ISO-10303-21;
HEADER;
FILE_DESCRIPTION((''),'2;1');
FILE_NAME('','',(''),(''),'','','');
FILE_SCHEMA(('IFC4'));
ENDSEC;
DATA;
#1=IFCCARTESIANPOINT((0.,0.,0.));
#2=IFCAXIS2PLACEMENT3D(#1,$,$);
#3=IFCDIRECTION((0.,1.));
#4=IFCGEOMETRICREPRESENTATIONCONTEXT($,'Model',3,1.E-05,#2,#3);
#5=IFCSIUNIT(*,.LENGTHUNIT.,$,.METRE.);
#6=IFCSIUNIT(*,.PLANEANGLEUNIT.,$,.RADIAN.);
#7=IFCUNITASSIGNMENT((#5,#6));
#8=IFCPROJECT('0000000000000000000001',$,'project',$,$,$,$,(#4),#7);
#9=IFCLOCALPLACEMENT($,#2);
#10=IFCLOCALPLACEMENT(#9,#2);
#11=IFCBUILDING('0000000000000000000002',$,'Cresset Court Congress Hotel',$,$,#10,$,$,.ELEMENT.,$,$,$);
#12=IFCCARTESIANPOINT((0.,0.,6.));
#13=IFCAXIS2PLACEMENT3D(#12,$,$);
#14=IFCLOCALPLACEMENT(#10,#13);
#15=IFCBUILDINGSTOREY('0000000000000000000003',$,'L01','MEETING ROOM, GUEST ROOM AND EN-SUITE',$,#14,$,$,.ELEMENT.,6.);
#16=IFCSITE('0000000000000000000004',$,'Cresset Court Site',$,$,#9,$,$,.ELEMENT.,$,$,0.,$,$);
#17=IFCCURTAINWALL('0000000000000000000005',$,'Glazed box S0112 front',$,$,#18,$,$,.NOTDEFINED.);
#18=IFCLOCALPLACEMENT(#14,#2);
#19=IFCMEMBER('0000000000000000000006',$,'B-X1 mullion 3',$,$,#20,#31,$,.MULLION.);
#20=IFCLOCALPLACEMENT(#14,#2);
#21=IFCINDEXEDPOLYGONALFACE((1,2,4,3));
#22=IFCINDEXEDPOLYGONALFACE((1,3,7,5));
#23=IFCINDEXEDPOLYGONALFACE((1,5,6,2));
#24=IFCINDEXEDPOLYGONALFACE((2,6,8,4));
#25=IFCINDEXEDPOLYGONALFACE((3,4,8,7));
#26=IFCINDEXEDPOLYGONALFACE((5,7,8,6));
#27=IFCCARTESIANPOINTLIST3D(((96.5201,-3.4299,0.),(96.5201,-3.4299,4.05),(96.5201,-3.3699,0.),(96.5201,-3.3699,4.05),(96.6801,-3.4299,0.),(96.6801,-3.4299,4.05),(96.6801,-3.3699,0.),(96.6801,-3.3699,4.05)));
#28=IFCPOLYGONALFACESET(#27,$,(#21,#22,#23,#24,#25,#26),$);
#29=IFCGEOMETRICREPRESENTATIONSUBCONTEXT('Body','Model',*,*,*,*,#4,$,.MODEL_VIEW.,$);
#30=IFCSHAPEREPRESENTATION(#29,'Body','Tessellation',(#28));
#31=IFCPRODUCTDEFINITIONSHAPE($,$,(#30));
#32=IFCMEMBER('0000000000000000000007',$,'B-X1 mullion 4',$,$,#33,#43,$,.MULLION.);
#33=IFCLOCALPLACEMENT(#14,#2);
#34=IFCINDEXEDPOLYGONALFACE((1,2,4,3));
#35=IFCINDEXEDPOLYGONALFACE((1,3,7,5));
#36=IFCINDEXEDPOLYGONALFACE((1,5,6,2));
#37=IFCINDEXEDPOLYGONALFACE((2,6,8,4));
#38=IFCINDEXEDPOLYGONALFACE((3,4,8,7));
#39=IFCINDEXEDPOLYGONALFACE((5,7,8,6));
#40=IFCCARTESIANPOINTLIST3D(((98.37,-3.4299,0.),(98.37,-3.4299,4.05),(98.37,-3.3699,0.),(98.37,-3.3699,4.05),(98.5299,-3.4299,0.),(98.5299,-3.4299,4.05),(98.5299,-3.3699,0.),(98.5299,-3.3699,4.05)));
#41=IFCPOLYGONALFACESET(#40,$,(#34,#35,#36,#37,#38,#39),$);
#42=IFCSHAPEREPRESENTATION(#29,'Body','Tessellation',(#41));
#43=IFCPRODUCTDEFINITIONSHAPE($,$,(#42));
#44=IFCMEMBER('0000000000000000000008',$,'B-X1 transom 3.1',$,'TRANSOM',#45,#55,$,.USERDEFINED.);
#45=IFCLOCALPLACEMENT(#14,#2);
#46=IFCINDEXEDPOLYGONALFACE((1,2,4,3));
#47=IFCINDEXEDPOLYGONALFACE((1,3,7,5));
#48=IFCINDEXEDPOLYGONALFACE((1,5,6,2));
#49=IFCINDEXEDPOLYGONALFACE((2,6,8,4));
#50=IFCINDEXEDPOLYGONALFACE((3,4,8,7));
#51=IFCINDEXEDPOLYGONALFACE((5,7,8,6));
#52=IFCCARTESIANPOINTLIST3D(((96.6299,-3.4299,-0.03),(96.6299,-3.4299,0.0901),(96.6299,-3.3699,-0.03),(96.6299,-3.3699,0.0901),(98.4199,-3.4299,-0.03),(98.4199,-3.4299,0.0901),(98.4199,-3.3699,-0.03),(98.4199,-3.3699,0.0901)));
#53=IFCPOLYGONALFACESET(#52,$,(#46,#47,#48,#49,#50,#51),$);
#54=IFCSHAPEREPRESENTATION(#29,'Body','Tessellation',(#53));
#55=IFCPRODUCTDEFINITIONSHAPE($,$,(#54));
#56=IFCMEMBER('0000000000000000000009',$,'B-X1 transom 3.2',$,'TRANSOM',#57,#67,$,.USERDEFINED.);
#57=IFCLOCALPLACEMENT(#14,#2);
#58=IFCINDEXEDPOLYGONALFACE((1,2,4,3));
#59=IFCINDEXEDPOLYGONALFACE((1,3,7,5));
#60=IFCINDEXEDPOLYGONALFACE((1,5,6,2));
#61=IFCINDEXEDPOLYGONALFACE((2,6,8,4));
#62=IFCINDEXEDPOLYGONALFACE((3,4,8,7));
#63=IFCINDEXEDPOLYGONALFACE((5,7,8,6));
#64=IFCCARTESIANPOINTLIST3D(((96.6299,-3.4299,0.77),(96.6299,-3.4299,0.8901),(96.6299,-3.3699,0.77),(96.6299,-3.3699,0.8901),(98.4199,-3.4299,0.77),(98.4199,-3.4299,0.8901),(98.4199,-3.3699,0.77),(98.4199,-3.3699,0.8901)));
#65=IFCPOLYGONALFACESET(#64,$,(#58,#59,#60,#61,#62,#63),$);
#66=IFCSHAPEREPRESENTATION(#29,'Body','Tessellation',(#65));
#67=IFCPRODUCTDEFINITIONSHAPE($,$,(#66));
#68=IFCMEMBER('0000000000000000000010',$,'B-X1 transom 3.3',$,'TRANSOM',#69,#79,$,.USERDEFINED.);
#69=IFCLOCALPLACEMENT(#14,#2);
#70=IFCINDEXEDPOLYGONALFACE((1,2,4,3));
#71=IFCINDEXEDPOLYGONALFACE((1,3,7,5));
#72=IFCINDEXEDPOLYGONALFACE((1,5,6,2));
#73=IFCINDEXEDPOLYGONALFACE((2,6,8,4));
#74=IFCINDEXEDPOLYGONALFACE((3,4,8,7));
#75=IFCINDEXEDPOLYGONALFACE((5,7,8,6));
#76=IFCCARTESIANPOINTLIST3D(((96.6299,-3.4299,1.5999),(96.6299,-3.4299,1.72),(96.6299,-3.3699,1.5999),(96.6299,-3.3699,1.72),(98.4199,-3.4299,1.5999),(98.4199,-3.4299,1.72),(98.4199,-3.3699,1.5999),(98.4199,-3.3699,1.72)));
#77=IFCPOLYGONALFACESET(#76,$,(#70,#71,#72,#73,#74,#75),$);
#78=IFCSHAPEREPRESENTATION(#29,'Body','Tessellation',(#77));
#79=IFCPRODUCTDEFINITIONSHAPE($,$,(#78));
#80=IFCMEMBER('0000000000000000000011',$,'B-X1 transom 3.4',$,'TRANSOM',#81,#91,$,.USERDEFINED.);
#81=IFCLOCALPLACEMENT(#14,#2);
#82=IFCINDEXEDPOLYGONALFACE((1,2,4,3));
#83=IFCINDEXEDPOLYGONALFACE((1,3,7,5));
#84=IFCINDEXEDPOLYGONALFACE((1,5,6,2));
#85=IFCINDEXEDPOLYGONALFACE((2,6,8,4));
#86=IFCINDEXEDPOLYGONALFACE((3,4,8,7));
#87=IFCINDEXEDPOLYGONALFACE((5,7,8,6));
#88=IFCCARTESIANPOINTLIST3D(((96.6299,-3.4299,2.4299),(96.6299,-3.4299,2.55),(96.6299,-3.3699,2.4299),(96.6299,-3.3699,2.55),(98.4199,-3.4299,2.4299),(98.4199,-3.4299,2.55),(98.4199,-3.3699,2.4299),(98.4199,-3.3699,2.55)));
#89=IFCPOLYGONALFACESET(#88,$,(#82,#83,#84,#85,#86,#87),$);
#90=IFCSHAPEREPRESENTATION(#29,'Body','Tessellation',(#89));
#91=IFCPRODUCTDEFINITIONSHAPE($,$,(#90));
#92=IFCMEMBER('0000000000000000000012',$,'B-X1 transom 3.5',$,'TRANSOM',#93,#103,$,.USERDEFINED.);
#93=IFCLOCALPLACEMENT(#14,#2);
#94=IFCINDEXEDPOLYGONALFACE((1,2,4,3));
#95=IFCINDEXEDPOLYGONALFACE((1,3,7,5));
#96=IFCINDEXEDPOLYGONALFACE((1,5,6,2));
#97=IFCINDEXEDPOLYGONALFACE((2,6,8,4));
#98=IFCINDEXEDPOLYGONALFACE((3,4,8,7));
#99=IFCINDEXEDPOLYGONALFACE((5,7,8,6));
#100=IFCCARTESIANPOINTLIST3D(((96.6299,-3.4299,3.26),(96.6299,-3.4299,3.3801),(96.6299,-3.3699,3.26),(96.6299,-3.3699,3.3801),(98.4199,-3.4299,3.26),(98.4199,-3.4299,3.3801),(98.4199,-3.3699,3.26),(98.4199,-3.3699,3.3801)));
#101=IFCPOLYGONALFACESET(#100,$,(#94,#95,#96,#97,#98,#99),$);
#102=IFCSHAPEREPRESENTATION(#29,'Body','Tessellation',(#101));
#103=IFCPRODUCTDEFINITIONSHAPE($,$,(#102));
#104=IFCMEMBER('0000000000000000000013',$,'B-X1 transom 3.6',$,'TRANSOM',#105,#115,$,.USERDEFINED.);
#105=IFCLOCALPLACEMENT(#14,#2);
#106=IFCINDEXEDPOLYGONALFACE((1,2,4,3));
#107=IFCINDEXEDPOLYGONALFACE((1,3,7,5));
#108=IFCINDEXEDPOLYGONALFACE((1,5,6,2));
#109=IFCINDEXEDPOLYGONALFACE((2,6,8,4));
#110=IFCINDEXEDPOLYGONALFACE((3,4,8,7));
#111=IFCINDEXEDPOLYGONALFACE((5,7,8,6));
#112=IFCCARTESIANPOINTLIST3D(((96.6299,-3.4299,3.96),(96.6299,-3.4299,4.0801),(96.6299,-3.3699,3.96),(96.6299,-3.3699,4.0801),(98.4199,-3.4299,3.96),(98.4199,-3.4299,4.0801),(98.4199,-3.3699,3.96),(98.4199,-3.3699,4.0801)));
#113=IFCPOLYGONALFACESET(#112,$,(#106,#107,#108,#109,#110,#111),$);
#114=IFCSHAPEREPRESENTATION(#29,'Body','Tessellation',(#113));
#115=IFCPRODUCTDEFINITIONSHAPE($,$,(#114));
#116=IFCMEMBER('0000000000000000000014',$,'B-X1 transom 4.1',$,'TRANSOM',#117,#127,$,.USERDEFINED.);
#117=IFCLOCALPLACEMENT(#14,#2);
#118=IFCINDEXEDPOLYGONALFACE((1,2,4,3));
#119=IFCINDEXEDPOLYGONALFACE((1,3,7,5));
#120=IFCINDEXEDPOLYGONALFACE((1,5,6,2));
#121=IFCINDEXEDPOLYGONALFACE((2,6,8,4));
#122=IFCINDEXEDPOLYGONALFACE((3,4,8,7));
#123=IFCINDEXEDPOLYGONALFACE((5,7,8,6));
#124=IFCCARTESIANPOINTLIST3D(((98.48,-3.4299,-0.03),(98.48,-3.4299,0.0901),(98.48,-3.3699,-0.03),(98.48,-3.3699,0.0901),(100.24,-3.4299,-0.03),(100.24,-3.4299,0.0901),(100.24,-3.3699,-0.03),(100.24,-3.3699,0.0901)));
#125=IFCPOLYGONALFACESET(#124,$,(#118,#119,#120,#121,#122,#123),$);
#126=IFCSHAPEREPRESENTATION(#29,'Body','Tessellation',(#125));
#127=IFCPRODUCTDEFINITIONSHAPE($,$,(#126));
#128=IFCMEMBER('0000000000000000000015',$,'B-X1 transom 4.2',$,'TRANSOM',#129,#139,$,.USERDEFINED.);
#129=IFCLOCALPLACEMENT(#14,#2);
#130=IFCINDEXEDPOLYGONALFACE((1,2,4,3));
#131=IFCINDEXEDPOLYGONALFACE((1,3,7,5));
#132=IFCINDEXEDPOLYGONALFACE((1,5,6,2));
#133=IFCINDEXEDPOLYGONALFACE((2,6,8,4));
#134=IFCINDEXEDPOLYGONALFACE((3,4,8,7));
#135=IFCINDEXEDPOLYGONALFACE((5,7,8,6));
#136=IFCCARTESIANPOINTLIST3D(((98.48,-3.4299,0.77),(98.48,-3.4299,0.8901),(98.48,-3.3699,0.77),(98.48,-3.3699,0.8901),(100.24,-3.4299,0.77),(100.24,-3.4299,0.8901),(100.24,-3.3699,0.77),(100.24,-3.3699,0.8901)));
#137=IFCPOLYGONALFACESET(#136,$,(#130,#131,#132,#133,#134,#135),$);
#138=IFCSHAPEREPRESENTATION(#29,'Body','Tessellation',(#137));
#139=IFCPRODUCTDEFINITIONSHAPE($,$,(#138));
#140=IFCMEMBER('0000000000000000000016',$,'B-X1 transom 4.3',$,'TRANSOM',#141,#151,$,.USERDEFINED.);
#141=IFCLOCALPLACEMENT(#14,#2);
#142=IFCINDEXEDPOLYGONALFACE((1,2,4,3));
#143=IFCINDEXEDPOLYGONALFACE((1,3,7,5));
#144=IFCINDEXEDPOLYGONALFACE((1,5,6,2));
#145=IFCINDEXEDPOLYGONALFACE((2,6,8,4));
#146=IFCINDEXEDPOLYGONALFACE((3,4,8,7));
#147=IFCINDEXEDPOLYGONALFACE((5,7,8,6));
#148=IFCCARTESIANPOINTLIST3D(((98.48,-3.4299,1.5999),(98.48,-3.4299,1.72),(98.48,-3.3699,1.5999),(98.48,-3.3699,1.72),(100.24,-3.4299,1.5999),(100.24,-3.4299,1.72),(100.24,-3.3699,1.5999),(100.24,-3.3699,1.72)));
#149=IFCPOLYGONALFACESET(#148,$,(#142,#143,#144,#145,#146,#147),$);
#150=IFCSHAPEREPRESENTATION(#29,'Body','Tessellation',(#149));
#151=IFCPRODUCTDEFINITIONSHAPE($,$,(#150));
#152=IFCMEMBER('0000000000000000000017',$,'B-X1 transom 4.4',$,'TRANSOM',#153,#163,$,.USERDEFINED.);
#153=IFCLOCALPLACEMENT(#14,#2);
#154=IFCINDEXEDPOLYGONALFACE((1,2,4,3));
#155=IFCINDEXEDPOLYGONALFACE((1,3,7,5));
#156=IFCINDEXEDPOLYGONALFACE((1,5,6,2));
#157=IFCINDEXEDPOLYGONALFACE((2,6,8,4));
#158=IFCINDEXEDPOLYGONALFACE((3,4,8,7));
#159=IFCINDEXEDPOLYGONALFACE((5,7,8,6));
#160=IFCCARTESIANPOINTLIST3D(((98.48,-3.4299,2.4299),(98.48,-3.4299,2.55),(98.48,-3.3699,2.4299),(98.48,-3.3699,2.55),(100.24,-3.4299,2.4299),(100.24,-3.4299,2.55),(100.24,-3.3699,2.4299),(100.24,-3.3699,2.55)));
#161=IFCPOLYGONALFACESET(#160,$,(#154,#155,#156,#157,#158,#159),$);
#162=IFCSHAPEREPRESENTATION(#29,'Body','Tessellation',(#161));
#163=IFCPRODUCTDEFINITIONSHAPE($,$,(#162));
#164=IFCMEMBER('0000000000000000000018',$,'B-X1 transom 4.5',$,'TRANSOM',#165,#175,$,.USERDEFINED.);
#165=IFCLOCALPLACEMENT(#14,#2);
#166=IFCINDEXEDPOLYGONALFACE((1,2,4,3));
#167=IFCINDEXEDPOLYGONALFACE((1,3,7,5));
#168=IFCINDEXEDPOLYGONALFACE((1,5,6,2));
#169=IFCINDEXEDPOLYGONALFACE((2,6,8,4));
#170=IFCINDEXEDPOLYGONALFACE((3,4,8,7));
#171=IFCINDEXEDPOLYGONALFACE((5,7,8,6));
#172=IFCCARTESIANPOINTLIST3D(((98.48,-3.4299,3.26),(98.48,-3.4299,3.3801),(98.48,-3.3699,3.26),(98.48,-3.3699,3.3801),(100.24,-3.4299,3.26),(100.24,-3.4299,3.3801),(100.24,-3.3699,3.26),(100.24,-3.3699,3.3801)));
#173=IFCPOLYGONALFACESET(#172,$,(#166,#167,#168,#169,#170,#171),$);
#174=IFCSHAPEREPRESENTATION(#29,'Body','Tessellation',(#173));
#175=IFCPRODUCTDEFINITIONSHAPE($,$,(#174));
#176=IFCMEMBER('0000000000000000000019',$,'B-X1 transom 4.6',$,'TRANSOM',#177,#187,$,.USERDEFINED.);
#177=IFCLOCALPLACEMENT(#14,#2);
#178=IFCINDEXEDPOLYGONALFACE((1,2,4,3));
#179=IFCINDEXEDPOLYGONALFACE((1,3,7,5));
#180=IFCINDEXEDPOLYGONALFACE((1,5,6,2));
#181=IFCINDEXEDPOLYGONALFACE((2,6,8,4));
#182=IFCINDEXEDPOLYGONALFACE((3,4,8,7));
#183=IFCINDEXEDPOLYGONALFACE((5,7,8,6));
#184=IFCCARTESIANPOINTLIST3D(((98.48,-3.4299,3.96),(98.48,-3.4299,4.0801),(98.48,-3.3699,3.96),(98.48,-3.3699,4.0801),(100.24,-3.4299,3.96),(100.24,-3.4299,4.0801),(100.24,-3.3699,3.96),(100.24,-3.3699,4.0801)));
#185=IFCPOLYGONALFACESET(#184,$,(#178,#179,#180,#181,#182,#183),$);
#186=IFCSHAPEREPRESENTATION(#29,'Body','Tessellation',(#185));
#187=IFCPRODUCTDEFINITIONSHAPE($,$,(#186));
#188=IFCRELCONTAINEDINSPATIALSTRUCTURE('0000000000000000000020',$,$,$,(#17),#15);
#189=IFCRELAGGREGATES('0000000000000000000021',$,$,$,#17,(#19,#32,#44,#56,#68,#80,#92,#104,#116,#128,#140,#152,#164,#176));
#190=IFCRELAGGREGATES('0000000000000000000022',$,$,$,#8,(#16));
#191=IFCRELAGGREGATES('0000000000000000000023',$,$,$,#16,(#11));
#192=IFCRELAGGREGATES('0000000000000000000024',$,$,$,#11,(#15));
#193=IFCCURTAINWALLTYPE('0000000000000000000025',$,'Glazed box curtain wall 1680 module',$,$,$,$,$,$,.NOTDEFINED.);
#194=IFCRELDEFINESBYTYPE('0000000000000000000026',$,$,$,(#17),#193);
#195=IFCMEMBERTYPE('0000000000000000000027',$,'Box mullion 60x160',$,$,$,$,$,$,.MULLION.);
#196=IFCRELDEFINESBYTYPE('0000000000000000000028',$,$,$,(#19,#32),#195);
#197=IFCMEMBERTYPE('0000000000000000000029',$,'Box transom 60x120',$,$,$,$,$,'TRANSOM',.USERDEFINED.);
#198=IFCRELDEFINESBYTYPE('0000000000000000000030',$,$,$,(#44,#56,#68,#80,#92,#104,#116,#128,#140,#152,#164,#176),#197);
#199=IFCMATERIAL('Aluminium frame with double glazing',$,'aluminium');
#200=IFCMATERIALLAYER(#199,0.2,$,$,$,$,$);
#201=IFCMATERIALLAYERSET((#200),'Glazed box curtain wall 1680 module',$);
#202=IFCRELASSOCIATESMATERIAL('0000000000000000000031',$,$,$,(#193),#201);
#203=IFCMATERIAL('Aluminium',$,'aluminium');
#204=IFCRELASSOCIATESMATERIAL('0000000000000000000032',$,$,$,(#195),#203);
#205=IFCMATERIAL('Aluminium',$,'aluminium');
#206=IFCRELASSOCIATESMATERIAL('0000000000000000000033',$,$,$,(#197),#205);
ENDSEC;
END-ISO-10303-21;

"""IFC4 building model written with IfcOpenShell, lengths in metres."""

from ifc_helpers import new_model, si_unit, direction, frame, origin, origin_2d, place, context, subcontext, project, spatial, rectangle, extrude, material, layer, layer_set, material_profile, profile_set, type_object, element, aggregate, save


model = new_model("IFC4")

# Units and contexts
model_context = context("Model", 3, precision=1e-05, world=origin(), true_north=direction((0.0, 1.0)))
body_context = subcontext(model_context, "Body", "Model", "MODEL_VIEW")
ifc_project = project(units=[si_unit("LENGTHUNIT", "METRE"), si_unit("PLANEANGLEUNIT", "RADIAN")], contexts=[model_context])

# Site, building, storey
site_placement = place(None, origin())
site = spatial("IfcSite", under=ifc_project, at=site_placement, Name="Cresset Court Site", CompositionType="ELEMENT", RefElevation=0.0)
building_placement = place(site_placement, origin())
building = spatial("IfcBuilding", under=site, at=building_placement, Name="Cresset Court Congress Hotel", CompositionType="ELEMENT")
storey_placement = place(building_placement, frame((0.0, 0.0, 6.0)))
storey = spatial("IfcBuildingStorey", under=building, at=storey_placement, Name="L01", Description="MEETING ROOM, GUEST ROOM AND EN-SUITE", CompositionType="ELEMENT", Elevation=6.0)

# Curtain wall, members
ifc_material_1 = material(Name="Aluminium frame with double glazing", Category="aluminium")
ifc_layer_1 = layer(ifc_material_1, 0.2)
ifc_layer_set_1 = layer_set([ifc_layer_1], Name="Glazed box curtain wall 1680 module")
curtain_wall_type = type_object("IfcCurtainWallType", Name="Glazed box curtain wall 1680 module", PredefinedType="NOTDEFINED", material=ifc_layer_set_1)
curtain_wall_placement = place(storey_placement, origin())
curtain_wall = element("IfcCurtainWall", 1, at=curtain_wall_placement, inside=storey, type_object=curtain_wall_type, Name="Glazed box S0112 front", PredefinedType="NOTDEFINED")
ifc_material_2 = material(Name="Aluminium", Category="aluminium")
ifc_material_profile_1 = material_profile(ifc_material_2, rectangle(XDim=0.0601, YDim=0.1599, at=origin_2d()), Name="Box mullion 60x160")
ifc_profile_set_1 = profile_set([ifc_material_profile_1], Name="Aluminium")
member_type_1 = type_object("IfcMemberType", Name="Box mullion 60x160", PredefinedType="MULLION", material=ifc_profile_set_1)
member_1_placement = place(storey_placement, frame((96.6001, -3.3999, 0.0), z_axis=(0.0, 0.0, 1.0), x_axis=(0.0, 1.0, 0.0)))
member_1 = element("IfcMember", 2, at=member_1_placement, type_object=member_type_1, Name="B-X1 mullion 3", PredefinedType="MULLION", context=body_context, shape_type="SweptSolid", body=[
    extrude(rectangle(XDim=0.0601, YDim=0.1599, at=origin_2d()), origin(), (0.0, 0.0, 1.0), 4.05),
])
member_2_placement = place(storey_placement, frame((98.45, -3.3999, 0.0), z_axis=(0.0, 0.0, 1.0), x_axis=(0.0, 1.0, 0.0)))
member_2 = element("IfcMember", 3, at=member_2_placement, type_object=member_type_1, Name="B-X1 mullion 4", PredefinedType="MULLION", context=body_context, shape_type="SweptSolid", body=[
    extrude(rectangle(XDim=0.0601, YDim=0.1599, at=origin_2d()), origin(), (0.0, 0.0, 1.0), 4.05),
])
ifc_material_3 = material(Name="Aluminium", Category="aluminium")
ifc_material_profile_2 = material_profile(ifc_material_3, rectangle(XDim=0.0601, YDim=0.1201, at=origin_2d()), Name="Box transom 60x120")
ifc_profile_set_2 = profile_set([ifc_material_profile_2], Name="Aluminium")
member_type_2 = type_object("IfcMemberType", Name="Box transom 60x120", ElementType="TRANSOM", PredefinedType="USERDEFINED", material=ifc_profile_set_2)
member_3_placement = place(storey_placement, frame((96.6299, -3.3999, 0.03), z_axis=(1.0, 0.0, 0.0), x_axis=(0.0, 1.0, 0.0)))
member_3 = element("IfcMember", 4, at=member_3_placement, type_object=member_type_2, Name="B-X1 transom 3.1", ObjectType="TRANSOM", PredefinedType="USERDEFINED", context=body_context, shape_type="SweptSolid", body=[
    extrude(rectangle(XDim=0.0601, YDim=0.1201, at=origin_2d()), origin(), (0.0, 0.0, 1.0), 1.79),
])
member_4_placement = place(storey_placement, frame((96.6299, -3.3999, 0.8301), z_axis=(1.0, 0.0, 0.0), x_axis=(0.0, 1.0, 0.0)))
member_4 = element("IfcMember", 5, at=member_4_placement, type_object=member_type_2, Name="B-X1 transom 3.2", ObjectType="TRANSOM", PredefinedType="USERDEFINED", context=body_context, shape_type="SweptSolid", body=[
    extrude(rectangle(XDim=0.0601, YDim=0.1201, at=origin_2d()), origin(), (0.0, 0.0, 1.0), 1.79),
])
member_5_placement = place(storey_placement, frame((96.6299, -3.3999, 1.6599), z_axis=(1.0, 0.0, 0.0), x_axis=(0.0, 1.0, 0.0)))
member_5 = element("IfcMember", 6, at=member_5_placement, type_object=member_type_2, Name="B-X1 transom 3.3", ObjectType="TRANSOM", PredefinedType="USERDEFINED", context=body_context, shape_type="SweptSolid", body=[
    extrude(rectangle(XDim=0.0601, YDim=0.1201, at=origin_2d()), origin(), (0.0, 0.0, 1.0), 1.79),
])
member_6_placement = place(storey_placement, frame((96.6299, -3.3999, 2.49), z_axis=(1.0, 0.0, 0.0), x_axis=(0.0, 1.0, 0.0)))
member_6 = element("IfcMember", 7, at=member_6_placement, type_object=member_type_2, Name="B-X1 transom 3.4", ObjectType="TRANSOM", PredefinedType="USERDEFINED", context=body_context, shape_type="SweptSolid", body=[
    extrude(rectangle(XDim=0.0601, YDim=0.1201, at=origin_2d()), origin(), (0.0, 0.0, 1.0), 1.79),
])
member_7_placement = place(storey_placement, frame((96.6299, -3.3999, 3.3201), z_axis=(1.0, 0.0, 0.0), x_axis=(0.0, 1.0, 0.0)))
member_7 = element("IfcMember", 8, at=member_7_placement, type_object=member_type_2, Name="B-X1 transom 3.5", ObjectType="TRANSOM", PredefinedType="USERDEFINED", context=body_context, shape_type="SweptSolid", body=[
    extrude(rectangle(XDim=0.0601, YDim=0.1201, at=origin_2d()), origin(), (0.0, 0.0, 1.0), 1.79),
])
member_8_placement = place(storey_placement, frame((96.6299, -3.3999, 4.02), z_axis=(1.0, 0.0, 0.0), x_axis=(0.0, 1.0, 0.0)))
member_8 = element("IfcMember", 9, at=member_8_placement, type_object=member_type_2, Name="B-X1 transom 3.6", ObjectType="TRANSOM", PredefinedType="USERDEFINED", context=body_context, shape_type="SweptSolid", body=[
    extrude(rectangle(XDim=0.0601, YDim=0.1201, at=origin_2d()), origin(), (0.0, 0.0, 1.0), 1.79),
])
member_9_placement = place(storey_placement, frame((98.48, -3.3999, 0.03), z_axis=(1.0, 0.0, 0.0), x_axis=(0.0, 1.0, 0.0)))
member_9 = element("IfcMember", 10, at=member_9_placement, type_object=member_type_2, Name="B-X1 transom 4.1", ObjectType="TRANSOM", PredefinedType="USERDEFINED", context=body_context, shape_type="SweptSolid", body=[
    extrude(rectangle(XDim=0.0601, YDim=0.1201, at=origin_2d()), origin(), (0.0, 0.0, 1.0), 1.76),
])
member_10_placement = place(storey_placement, frame((98.48, -3.3999, 0.8301), z_axis=(1.0, 0.0, 0.0), x_axis=(0.0, 1.0, 0.0)))
member_10 = element("IfcMember", 11, at=member_10_placement, type_object=member_type_2, Name="B-X1 transom 4.2", ObjectType="TRANSOM", PredefinedType="USERDEFINED", context=body_context, shape_type="SweptSolid", body=[
    extrude(rectangle(XDim=0.0601, YDim=0.1201, at=origin_2d()), origin(), (0.0, 0.0, 1.0), 1.76),
])
member_11_placement = place(storey_placement, frame((98.48, -3.3999, 1.6599), z_axis=(1.0, 0.0, 0.0), x_axis=(0.0, 1.0, 0.0)))
member_11 = element("IfcMember", 12, at=member_11_placement, type_object=member_type_2, Name="B-X1 transom 4.3", ObjectType="TRANSOM", PredefinedType="USERDEFINED", context=body_context, shape_type="SweptSolid", body=[
    extrude(rectangle(XDim=0.0601, YDim=0.1201, at=origin_2d()), origin(), (0.0, 0.0, 1.0), 1.76),
])
member_12_placement = place(storey_placement, frame((98.48, -3.3999, 2.49), z_axis=(1.0, 0.0, 0.0), x_axis=(0.0, 1.0, 0.0)))
member_12 = element("IfcMember", 13, at=member_12_placement, type_object=member_type_2, Name="B-X1 transom 4.4", ObjectType="TRANSOM", PredefinedType="USERDEFINED", context=body_context, shape_type="SweptSolid", body=[
    extrude(rectangle(XDim=0.0601, YDim=0.1201, at=origin_2d()), origin(), (0.0, 0.0, 1.0), 1.76),
])
member_13_placement = place(storey_placement, frame((98.48, -3.3999, 3.3201), z_axis=(1.0, 0.0, 0.0), x_axis=(0.0, 1.0, 0.0)))
member_13 = element("IfcMember", 14, at=member_13_placement, type_object=member_type_2, Name="B-X1 transom 4.5", ObjectType="TRANSOM", PredefinedType="USERDEFINED", context=body_context, shape_type="SweptSolid", body=[
    extrude(rectangle(XDim=0.0601, YDim=0.1201, at=origin_2d()), origin(), (0.0, 0.0, 1.0), 1.76),
])
member_14_placement = place(storey_placement, frame((98.48, -3.3999, 4.02), z_axis=(1.0, 0.0, 0.0), x_axis=(0.0, 1.0, 0.0)))
member_14 = element("IfcMember", 15, at=member_14_placement, type_object=member_type_2, Name="B-X1 transom 4.6", ObjectType="TRANSOM", PredefinedType="USERDEFINED", context=body_context, shape_type="SweptSolid", body=[
    extrude(rectangle(XDim=0.0601, YDim=0.1201, at=origin_2d()), origin(), (0.0, 0.0, 1.0), 1.76),
])
aggregate(curtain_wall, [member_1, member_2, member_3, member_4, member_5, member_6, member_7, member_8, member_9, member_10, member_11, member_12, member_13, member_14])

save(model, "model.ifc")
